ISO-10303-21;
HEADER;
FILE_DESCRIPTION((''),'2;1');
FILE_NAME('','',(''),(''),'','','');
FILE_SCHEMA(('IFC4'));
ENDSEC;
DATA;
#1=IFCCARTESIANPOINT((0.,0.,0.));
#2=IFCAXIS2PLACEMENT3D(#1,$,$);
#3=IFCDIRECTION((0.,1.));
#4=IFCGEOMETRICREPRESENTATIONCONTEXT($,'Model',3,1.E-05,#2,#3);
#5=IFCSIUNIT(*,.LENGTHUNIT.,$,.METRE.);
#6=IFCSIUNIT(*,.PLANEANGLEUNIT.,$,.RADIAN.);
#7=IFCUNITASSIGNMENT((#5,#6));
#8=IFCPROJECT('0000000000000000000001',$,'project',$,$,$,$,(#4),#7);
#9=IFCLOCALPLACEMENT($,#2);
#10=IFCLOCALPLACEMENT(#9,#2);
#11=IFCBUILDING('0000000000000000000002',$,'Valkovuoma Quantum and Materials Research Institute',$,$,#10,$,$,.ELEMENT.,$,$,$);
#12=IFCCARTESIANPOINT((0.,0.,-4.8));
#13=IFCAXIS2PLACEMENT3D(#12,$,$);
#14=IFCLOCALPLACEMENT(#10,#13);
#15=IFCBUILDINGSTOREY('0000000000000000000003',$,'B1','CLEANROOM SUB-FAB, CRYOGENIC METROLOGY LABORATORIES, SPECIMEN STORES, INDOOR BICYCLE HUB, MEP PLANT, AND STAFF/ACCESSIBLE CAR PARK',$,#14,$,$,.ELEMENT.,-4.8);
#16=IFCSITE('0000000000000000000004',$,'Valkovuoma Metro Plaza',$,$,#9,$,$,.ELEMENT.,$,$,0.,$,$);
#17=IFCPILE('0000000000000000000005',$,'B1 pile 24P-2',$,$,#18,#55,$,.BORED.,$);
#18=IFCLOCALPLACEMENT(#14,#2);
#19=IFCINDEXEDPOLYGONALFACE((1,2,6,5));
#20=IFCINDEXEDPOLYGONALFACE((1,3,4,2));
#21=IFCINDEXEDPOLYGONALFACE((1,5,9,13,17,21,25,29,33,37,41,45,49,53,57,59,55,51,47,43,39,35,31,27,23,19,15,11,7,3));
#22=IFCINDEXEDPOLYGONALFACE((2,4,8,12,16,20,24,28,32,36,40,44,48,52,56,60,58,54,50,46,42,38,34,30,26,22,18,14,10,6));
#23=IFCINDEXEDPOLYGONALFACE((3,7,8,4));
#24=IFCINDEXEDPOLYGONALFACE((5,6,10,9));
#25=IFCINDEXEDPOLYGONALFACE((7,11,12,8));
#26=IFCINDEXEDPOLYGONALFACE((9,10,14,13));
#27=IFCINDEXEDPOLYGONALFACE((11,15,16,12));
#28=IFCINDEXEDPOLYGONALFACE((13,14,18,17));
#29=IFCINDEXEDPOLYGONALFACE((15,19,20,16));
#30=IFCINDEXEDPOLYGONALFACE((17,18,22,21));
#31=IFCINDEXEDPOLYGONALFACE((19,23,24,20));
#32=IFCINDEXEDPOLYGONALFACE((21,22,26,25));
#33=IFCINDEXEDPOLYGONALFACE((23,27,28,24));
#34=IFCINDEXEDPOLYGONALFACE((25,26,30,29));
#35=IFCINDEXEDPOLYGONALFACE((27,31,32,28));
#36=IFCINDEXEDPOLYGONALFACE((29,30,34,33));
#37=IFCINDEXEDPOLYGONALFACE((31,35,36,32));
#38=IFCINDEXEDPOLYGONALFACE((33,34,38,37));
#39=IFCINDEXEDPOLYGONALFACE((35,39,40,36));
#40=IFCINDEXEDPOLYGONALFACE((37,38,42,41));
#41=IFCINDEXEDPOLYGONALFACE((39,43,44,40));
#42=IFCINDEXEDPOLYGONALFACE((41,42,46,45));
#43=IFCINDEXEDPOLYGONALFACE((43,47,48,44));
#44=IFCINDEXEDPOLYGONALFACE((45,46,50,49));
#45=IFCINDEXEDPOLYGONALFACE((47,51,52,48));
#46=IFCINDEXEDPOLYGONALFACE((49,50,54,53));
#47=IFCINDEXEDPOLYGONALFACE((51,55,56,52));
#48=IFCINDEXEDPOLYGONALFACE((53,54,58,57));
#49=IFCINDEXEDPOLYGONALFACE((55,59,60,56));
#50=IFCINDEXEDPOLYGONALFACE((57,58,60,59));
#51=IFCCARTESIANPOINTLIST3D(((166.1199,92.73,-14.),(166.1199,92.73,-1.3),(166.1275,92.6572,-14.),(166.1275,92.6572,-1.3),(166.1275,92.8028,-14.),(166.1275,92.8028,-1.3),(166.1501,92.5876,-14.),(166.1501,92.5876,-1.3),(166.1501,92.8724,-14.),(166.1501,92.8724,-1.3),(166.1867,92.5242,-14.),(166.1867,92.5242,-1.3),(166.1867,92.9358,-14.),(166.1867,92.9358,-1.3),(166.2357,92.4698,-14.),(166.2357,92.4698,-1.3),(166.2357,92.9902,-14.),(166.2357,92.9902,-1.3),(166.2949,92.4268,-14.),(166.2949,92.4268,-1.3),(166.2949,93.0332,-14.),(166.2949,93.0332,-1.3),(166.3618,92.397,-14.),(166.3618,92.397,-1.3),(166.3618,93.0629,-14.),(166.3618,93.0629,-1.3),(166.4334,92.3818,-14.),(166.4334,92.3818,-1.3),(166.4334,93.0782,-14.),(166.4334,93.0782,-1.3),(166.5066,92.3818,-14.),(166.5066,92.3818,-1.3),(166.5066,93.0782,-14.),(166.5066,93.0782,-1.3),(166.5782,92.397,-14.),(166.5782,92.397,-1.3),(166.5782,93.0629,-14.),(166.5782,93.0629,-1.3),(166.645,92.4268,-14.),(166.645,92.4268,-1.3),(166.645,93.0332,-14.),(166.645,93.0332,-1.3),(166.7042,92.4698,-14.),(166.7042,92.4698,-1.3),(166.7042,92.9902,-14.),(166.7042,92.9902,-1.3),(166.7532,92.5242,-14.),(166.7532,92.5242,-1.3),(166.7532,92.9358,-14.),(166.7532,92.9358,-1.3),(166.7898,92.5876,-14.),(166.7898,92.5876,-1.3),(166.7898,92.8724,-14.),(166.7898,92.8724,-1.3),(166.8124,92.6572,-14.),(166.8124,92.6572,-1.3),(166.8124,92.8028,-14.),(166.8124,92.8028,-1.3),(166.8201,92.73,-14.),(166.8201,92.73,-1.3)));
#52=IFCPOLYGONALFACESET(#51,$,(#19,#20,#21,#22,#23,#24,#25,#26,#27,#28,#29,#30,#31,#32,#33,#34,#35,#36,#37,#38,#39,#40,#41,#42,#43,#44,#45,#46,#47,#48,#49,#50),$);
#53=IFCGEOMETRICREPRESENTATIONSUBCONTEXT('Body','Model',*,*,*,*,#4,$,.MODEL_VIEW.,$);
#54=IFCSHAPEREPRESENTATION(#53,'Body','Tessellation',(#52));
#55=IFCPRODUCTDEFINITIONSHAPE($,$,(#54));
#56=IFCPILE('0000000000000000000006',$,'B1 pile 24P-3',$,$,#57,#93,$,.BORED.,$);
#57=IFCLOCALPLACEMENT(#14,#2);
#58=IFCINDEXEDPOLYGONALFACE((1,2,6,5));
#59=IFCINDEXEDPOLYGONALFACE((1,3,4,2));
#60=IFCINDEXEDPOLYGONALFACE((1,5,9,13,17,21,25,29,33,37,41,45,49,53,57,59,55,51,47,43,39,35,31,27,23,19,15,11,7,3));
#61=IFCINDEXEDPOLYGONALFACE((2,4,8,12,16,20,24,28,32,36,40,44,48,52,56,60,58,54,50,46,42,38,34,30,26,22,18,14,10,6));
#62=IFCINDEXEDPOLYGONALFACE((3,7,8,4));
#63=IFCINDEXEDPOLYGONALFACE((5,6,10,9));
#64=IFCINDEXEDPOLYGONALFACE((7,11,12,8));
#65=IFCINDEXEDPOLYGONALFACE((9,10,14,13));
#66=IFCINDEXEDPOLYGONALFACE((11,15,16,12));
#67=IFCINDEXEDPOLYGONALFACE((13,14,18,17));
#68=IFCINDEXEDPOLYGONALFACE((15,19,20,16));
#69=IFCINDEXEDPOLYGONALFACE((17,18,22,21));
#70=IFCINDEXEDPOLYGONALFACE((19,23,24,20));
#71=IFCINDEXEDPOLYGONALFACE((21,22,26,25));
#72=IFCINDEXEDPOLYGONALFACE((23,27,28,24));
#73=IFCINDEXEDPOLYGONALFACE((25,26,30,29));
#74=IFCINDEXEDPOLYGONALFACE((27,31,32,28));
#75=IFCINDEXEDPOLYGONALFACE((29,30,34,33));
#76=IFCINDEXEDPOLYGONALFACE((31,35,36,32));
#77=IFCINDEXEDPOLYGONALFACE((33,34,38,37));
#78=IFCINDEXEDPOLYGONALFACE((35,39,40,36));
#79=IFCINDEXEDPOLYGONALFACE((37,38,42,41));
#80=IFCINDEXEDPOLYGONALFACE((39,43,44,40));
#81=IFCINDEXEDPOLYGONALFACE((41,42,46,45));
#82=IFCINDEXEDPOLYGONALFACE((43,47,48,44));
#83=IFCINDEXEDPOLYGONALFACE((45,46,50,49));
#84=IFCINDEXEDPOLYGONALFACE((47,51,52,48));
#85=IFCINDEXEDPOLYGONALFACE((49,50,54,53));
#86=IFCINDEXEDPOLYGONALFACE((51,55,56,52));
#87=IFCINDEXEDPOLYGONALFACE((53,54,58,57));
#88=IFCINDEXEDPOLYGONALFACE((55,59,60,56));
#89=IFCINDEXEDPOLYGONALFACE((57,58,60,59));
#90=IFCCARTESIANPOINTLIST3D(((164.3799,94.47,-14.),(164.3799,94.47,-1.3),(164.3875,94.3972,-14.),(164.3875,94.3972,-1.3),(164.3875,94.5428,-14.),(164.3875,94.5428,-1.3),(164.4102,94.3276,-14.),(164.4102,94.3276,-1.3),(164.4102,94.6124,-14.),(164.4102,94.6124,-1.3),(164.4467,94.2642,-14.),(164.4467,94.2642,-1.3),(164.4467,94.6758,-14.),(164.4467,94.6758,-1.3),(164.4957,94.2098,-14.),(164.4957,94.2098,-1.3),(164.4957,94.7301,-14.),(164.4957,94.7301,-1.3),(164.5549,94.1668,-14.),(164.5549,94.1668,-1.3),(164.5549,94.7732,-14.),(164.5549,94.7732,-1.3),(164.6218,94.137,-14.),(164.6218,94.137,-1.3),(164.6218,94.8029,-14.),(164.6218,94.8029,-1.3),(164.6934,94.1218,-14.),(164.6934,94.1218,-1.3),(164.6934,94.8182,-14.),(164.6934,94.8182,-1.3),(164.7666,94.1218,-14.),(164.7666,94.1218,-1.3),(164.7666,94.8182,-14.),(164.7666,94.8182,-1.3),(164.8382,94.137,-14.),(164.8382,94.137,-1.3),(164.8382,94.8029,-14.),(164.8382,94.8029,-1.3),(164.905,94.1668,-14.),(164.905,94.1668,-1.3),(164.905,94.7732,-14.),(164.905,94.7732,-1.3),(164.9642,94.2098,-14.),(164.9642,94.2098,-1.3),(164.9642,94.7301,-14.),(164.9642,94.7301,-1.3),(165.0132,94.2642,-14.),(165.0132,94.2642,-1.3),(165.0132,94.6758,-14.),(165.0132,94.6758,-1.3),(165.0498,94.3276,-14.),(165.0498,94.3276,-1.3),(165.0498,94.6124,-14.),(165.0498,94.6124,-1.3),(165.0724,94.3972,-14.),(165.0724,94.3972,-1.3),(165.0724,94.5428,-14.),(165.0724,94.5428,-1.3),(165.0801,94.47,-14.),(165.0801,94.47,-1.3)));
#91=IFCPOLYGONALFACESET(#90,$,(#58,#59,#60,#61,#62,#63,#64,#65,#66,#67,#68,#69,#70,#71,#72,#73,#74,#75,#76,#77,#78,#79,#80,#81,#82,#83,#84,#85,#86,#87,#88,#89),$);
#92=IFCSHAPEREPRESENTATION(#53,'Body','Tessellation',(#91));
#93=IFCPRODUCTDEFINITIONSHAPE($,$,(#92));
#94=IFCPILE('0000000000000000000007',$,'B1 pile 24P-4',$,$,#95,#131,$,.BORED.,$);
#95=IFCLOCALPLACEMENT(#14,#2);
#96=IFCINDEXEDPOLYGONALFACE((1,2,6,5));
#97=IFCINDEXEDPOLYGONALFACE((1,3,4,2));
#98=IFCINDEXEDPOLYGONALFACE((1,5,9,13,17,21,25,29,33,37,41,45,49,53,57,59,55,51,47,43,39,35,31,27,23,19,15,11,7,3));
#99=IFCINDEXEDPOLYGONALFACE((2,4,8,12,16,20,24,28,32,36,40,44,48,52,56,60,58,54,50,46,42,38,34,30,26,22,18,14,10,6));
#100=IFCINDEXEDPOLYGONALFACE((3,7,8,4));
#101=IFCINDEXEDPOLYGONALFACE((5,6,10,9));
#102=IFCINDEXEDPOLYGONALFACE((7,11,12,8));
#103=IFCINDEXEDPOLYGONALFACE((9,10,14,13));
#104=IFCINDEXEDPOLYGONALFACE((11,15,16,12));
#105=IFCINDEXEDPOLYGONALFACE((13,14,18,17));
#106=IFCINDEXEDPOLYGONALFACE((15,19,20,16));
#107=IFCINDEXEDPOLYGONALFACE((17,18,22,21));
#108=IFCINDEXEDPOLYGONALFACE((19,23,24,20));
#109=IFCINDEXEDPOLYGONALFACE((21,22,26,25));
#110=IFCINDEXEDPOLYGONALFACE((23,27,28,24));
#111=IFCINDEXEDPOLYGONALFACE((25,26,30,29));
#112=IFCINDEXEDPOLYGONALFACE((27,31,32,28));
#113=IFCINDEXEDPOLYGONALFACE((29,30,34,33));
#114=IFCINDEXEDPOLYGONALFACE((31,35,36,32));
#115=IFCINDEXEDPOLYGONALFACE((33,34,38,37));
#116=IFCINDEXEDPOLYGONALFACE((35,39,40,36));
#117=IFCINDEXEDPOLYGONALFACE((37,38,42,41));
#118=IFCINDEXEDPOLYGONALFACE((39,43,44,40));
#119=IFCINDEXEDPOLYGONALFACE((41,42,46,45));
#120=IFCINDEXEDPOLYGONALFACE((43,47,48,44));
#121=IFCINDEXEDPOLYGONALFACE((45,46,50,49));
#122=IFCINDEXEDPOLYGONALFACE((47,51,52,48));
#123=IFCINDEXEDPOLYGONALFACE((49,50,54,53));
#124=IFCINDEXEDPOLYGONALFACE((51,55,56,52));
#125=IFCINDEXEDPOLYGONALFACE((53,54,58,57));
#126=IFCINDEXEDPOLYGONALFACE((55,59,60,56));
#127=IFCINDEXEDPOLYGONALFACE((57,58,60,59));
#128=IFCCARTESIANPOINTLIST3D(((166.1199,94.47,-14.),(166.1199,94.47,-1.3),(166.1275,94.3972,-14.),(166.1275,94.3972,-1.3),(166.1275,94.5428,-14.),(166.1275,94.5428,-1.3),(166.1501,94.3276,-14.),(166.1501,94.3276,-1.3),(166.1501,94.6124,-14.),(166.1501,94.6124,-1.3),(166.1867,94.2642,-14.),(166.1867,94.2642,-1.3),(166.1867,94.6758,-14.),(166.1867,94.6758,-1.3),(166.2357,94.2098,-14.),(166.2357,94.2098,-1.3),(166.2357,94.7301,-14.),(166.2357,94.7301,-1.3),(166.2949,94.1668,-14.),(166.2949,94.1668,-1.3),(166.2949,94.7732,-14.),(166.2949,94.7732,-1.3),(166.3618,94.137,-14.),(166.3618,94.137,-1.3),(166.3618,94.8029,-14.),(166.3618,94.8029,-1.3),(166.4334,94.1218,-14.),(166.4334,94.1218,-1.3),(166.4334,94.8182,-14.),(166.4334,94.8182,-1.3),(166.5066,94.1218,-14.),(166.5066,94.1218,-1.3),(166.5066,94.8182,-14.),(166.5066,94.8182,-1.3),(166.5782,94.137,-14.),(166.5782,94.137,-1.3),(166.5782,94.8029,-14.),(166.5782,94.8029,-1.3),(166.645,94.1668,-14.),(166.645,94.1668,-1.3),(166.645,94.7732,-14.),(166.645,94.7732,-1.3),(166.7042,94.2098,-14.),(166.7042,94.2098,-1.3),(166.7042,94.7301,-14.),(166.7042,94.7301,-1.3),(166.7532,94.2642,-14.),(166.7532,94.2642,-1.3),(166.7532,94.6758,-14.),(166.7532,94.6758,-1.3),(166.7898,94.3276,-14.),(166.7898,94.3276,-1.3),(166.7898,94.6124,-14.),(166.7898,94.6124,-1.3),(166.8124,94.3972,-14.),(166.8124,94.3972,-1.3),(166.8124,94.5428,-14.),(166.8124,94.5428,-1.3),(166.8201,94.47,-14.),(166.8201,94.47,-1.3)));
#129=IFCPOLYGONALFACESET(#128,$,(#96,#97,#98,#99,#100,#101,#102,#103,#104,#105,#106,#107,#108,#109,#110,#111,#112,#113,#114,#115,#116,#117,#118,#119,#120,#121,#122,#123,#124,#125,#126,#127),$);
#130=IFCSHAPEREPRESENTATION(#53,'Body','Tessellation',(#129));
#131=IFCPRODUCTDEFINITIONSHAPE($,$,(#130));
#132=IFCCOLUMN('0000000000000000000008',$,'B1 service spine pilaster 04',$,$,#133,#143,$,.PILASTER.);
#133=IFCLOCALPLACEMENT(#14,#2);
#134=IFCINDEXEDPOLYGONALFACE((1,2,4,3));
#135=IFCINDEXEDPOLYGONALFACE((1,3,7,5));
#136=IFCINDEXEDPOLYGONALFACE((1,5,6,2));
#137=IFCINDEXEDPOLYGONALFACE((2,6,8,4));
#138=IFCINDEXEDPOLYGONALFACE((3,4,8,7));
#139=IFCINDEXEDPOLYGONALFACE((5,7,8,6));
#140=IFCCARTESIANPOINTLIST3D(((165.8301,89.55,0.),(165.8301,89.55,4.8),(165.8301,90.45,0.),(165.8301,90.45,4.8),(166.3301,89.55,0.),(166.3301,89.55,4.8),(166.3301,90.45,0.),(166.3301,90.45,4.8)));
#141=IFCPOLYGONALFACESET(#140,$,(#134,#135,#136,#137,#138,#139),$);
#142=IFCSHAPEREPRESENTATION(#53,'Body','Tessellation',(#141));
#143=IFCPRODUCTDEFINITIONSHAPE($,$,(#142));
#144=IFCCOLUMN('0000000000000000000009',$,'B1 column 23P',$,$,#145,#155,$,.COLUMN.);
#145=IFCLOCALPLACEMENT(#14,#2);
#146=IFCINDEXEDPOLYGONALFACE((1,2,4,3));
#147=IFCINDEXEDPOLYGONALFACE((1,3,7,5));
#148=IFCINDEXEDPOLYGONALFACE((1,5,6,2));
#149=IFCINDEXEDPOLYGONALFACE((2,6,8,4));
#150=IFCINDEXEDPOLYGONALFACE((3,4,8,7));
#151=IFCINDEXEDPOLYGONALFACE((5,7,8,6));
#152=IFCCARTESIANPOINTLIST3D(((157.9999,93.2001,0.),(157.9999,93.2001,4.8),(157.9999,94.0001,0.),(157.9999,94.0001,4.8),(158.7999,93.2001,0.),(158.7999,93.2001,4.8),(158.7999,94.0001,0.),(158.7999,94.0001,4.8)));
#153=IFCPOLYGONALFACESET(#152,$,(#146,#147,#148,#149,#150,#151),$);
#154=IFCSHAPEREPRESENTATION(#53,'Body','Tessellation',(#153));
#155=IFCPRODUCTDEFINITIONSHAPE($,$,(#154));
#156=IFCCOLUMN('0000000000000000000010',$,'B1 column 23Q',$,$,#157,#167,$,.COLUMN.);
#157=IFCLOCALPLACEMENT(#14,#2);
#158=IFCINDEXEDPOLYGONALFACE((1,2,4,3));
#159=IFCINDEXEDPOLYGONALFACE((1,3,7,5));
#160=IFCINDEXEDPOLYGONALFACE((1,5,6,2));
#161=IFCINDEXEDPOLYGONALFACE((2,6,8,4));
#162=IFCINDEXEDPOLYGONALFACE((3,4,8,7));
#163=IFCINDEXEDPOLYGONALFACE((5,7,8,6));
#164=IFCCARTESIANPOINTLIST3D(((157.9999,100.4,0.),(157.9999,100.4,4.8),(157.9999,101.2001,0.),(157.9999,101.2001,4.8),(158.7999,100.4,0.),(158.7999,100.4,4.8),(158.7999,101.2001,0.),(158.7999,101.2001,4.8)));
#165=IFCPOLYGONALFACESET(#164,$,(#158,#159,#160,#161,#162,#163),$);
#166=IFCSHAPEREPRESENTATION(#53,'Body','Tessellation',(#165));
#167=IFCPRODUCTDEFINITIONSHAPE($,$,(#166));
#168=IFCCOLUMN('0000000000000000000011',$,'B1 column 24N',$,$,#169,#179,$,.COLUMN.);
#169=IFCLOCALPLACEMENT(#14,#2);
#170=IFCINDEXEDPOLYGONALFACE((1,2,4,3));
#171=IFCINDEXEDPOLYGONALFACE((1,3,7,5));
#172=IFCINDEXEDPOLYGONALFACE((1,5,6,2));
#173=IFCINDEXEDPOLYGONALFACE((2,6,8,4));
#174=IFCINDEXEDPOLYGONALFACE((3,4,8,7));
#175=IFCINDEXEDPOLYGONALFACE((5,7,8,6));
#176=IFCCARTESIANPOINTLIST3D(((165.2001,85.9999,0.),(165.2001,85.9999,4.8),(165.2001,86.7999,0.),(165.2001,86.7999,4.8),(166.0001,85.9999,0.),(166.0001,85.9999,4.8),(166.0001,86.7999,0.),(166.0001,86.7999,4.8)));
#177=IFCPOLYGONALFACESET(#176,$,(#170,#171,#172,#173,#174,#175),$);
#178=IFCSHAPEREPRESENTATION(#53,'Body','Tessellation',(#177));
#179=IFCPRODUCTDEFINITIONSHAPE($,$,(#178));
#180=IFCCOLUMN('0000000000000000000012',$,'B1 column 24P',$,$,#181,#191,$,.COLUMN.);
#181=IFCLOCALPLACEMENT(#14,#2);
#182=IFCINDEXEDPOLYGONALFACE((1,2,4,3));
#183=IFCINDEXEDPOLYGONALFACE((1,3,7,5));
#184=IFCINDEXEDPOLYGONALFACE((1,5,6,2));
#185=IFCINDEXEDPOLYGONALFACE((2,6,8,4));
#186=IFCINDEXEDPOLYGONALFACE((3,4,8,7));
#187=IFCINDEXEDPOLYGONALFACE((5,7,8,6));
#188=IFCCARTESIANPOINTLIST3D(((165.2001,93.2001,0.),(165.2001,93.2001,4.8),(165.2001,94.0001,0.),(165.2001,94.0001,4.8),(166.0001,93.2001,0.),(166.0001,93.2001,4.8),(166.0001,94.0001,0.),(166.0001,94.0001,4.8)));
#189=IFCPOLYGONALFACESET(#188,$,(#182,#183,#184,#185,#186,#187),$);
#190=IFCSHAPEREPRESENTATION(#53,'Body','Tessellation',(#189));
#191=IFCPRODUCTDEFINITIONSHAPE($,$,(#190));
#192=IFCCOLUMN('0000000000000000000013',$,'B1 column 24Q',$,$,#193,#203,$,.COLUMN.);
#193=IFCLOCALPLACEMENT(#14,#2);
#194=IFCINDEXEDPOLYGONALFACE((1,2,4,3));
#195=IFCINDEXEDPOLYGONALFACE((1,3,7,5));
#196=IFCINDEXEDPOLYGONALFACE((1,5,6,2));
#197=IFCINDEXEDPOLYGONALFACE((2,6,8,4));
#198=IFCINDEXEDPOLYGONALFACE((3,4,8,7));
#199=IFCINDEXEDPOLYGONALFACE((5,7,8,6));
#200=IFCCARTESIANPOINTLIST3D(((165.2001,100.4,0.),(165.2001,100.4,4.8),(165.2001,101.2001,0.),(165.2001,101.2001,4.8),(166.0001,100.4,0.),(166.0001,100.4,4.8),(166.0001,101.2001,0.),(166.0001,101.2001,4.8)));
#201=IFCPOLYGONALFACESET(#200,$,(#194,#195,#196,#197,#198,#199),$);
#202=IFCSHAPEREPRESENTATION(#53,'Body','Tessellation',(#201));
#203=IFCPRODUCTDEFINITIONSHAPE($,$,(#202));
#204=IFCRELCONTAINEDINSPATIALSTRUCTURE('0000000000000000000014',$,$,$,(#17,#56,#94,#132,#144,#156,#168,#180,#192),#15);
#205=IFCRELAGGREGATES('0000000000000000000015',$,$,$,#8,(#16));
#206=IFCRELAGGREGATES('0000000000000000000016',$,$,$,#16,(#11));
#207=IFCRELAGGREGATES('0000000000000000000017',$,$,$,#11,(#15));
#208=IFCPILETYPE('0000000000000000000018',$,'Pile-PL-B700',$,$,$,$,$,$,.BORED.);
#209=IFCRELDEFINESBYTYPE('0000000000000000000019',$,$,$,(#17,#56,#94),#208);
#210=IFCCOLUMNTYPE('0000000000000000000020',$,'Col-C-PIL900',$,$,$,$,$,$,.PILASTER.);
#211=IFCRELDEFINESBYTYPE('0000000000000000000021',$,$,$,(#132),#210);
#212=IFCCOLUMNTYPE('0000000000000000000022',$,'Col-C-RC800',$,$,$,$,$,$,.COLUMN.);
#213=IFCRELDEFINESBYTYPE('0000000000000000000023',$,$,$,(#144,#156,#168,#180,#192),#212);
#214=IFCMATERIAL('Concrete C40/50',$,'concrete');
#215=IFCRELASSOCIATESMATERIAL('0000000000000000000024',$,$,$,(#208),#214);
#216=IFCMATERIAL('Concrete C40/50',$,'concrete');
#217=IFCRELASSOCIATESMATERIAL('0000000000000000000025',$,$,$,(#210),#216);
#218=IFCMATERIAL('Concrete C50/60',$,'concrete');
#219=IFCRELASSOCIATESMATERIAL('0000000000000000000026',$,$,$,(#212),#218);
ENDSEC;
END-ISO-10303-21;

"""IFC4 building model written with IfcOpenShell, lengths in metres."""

from ifc_helpers import new_model, si_unit, direction, frame, origin, origin_2d, place, context, subcontext, project, spatial, rectangle, circle, extrude, material, material_profile, profile_set, type_object, element, save


model = new_model("IFC4")

# Units and contexts
model_context = context("Model", 3, precision=1e-05, world=origin(), true_north=direction((0.0, 1.0)))
body_context = subcontext(model_context, "Body", "Model", "MODEL_VIEW")
ifc_project = project(units=[si_unit("LENGTHUNIT", "METRE"), si_unit("PLANEANGLEUNIT", "RADIAN")], contexts=[model_context])

# Site, building, storey
site_placement = place(None, origin())
site = spatial("IfcSite", under=ifc_project, at=site_placement, Name="Valkovuoma Metro Plaza", CompositionType="ELEMENT", RefElevation=0.0)
building_placement = place(site_placement, origin())
building = spatial("IfcBuilding", under=site, at=building_placement, Name="Valkovuoma Quantum and Materials Research Institute", CompositionType="ELEMENT")
storey_placement = place(building_placement, frame((0.0, 0.0, -4.8)))
storey = spatial("IfcBuildingStorey", under=building, at=storey_placement, Name="B1", Description="CLEANROOM SUB-FAB, CRYOGENIC METROLOGY LABORATORIES, SPECIMEN STORES, INDOOR BICYCLE HUB, MEP PLANT, AND STAFF/ACCESSIBLE CAR PARK", CompositionType="ELEMENT", Elevation=-4.8)

# Piles
ifc_material_1 = material(Name="Concrete C40/50", Category="concrete")
ifc_material_profile_1 = material_profile(ifc_material_1, circle(Radius=0.3501, at=origin_2d()), Name="Concrete C40/50")
ifc_profile_set_1 = profile_set([ifc_material_profile_1], Name="Concrete C40/50")
pile_type_1 = type_object("IfcPileType", Name="Pile-PL-B700", PredefinedType="BORED", material=ifc_profile_set_1)
for number, where, z_axis, x_axis, name in (
    (1, (166.47, 92.73, -1.3), (0.0, 0.0, -1.0), (1.0, 0.0, 0.0), "B1 pile 24P-2"),
    (2, (164.73, 94.47, -1.3), (0.0, 0.0, -1.0), (1.0, 0.0, 0.0), "B1 pile 24P-3"),
    (3, (166.47, 94.47, -1.3), (0.0, 0.0, -1.0), (1.0, 0.0, 0.0), "B1 pile 24P-4"),
):
    element("IfcPile", number, at=place(storey_placement, frame(where, z_axis=z_axis, x_axis=x_axis)), inside=storey, type_object=pile_type_1, Name=name, PredefinedType="BORED", context=body_context, shape_type="SweptSolid", body=[
        extrude(circle(Radius=0.3501, at=origin_2d()), origin(), (0.0, 0.0, 1.0), 12.7),
    ])

# Columns
ifc_material_2 = material(Name="Concrete C40/50", Category="concrete")
ifc_material_profile_2 = material_profile(ifc_material_2, rectangle(XDim=0.5, YDim=0.8999, at=origin_2d()), Name="Concrete C40/50")
ifc_profile_set_2 = profile_set([ifc_material_profile_2], Name="Concrete C40/50")
column_type_1 = type_object("IfcColumnType", Name="Col-C-PIL900", PredefinedType="PILASTER", material=ifc_profile_set_2)
column_placement = place(storey_placement, frame((166.0801, 90.0, 0.0), z_axis=(0.0, 0.0, 1.0), x_axis=(1.0, 0.0, 0.0)))
element("IfcColumn", 4, at=column_placement, inside=storey, type_object=column_type_1, Name="B1 service spine pilaster 04", PredefinedType="PILASTER", context=body_context, shape_type="SweptSolid", body=[
    extrude(rectangle(XDim=0.5, YDim=0.8999, at=origin_2d()), origin(), (0.0, 0.0, 1.0), 4.8),
])
ifc_material_3 = material(Name="Concrete C50/60", Category="concrete")
ifc_material_profile_3 = material_profile(ifc_material_3, rectangle(XDim=0.8, YDim=0.8, at=origin_2d()), Name="Concrete C50/60")
ifc_profile_set_3 = profile_set([ifc_material_profile_3], Name="Concrete C50/60")
column_type_2 = type_object("IfcColumnType", Name="Col-C-RC800", PredefinedType="COLUMN", material=ifc_profile_set_3)
for number, where, z_axis, x_axis, name in (
    (5, (158.3999, 93.6001, 0.0), (0.0, 0.0, 1.0), (1.0, 0.0, 0.0), "B1 column 23P"),
    (6, (158.3999, 100.8, 0.0), (0.0, 0.0, 1.0), (1.0, 0.0, 0.0), "B1 column 23Q"),
    (7, (165.6001, 86.3999, 0.0), (0.0, 0.0, 1.0), (1.0, 0.0, 0.0), "B1 column 24N"),
    (8, (165.6001, 93.6001, 0.0), (0.0, 0.0, 1.0), (1.0, 0.0, 0.0), "B1 column 24P"),
    (9, (165.6001, 100.8, 0.0), (0.0, 0.0, 1.0), (1.0, 0.0, 0.0), "B1 column 24Q"),
):
    element("IfcColumn", number, at=place(storey_placement, frame(where, z_axis=z_axis, x_axis=x_axis)), inside=storey, type_object=column_type_2, Name=name, PredefinedType="COLUMN", context=body_context, shape_type="SweptSolid", body=[
        extrude(rectangle(XDim=0.8, YDim=0.8, at=origin_2d()), origin(), (0.0, 0.0, 1.0), 4.8),
    ])

save(model, "model.ifc")
